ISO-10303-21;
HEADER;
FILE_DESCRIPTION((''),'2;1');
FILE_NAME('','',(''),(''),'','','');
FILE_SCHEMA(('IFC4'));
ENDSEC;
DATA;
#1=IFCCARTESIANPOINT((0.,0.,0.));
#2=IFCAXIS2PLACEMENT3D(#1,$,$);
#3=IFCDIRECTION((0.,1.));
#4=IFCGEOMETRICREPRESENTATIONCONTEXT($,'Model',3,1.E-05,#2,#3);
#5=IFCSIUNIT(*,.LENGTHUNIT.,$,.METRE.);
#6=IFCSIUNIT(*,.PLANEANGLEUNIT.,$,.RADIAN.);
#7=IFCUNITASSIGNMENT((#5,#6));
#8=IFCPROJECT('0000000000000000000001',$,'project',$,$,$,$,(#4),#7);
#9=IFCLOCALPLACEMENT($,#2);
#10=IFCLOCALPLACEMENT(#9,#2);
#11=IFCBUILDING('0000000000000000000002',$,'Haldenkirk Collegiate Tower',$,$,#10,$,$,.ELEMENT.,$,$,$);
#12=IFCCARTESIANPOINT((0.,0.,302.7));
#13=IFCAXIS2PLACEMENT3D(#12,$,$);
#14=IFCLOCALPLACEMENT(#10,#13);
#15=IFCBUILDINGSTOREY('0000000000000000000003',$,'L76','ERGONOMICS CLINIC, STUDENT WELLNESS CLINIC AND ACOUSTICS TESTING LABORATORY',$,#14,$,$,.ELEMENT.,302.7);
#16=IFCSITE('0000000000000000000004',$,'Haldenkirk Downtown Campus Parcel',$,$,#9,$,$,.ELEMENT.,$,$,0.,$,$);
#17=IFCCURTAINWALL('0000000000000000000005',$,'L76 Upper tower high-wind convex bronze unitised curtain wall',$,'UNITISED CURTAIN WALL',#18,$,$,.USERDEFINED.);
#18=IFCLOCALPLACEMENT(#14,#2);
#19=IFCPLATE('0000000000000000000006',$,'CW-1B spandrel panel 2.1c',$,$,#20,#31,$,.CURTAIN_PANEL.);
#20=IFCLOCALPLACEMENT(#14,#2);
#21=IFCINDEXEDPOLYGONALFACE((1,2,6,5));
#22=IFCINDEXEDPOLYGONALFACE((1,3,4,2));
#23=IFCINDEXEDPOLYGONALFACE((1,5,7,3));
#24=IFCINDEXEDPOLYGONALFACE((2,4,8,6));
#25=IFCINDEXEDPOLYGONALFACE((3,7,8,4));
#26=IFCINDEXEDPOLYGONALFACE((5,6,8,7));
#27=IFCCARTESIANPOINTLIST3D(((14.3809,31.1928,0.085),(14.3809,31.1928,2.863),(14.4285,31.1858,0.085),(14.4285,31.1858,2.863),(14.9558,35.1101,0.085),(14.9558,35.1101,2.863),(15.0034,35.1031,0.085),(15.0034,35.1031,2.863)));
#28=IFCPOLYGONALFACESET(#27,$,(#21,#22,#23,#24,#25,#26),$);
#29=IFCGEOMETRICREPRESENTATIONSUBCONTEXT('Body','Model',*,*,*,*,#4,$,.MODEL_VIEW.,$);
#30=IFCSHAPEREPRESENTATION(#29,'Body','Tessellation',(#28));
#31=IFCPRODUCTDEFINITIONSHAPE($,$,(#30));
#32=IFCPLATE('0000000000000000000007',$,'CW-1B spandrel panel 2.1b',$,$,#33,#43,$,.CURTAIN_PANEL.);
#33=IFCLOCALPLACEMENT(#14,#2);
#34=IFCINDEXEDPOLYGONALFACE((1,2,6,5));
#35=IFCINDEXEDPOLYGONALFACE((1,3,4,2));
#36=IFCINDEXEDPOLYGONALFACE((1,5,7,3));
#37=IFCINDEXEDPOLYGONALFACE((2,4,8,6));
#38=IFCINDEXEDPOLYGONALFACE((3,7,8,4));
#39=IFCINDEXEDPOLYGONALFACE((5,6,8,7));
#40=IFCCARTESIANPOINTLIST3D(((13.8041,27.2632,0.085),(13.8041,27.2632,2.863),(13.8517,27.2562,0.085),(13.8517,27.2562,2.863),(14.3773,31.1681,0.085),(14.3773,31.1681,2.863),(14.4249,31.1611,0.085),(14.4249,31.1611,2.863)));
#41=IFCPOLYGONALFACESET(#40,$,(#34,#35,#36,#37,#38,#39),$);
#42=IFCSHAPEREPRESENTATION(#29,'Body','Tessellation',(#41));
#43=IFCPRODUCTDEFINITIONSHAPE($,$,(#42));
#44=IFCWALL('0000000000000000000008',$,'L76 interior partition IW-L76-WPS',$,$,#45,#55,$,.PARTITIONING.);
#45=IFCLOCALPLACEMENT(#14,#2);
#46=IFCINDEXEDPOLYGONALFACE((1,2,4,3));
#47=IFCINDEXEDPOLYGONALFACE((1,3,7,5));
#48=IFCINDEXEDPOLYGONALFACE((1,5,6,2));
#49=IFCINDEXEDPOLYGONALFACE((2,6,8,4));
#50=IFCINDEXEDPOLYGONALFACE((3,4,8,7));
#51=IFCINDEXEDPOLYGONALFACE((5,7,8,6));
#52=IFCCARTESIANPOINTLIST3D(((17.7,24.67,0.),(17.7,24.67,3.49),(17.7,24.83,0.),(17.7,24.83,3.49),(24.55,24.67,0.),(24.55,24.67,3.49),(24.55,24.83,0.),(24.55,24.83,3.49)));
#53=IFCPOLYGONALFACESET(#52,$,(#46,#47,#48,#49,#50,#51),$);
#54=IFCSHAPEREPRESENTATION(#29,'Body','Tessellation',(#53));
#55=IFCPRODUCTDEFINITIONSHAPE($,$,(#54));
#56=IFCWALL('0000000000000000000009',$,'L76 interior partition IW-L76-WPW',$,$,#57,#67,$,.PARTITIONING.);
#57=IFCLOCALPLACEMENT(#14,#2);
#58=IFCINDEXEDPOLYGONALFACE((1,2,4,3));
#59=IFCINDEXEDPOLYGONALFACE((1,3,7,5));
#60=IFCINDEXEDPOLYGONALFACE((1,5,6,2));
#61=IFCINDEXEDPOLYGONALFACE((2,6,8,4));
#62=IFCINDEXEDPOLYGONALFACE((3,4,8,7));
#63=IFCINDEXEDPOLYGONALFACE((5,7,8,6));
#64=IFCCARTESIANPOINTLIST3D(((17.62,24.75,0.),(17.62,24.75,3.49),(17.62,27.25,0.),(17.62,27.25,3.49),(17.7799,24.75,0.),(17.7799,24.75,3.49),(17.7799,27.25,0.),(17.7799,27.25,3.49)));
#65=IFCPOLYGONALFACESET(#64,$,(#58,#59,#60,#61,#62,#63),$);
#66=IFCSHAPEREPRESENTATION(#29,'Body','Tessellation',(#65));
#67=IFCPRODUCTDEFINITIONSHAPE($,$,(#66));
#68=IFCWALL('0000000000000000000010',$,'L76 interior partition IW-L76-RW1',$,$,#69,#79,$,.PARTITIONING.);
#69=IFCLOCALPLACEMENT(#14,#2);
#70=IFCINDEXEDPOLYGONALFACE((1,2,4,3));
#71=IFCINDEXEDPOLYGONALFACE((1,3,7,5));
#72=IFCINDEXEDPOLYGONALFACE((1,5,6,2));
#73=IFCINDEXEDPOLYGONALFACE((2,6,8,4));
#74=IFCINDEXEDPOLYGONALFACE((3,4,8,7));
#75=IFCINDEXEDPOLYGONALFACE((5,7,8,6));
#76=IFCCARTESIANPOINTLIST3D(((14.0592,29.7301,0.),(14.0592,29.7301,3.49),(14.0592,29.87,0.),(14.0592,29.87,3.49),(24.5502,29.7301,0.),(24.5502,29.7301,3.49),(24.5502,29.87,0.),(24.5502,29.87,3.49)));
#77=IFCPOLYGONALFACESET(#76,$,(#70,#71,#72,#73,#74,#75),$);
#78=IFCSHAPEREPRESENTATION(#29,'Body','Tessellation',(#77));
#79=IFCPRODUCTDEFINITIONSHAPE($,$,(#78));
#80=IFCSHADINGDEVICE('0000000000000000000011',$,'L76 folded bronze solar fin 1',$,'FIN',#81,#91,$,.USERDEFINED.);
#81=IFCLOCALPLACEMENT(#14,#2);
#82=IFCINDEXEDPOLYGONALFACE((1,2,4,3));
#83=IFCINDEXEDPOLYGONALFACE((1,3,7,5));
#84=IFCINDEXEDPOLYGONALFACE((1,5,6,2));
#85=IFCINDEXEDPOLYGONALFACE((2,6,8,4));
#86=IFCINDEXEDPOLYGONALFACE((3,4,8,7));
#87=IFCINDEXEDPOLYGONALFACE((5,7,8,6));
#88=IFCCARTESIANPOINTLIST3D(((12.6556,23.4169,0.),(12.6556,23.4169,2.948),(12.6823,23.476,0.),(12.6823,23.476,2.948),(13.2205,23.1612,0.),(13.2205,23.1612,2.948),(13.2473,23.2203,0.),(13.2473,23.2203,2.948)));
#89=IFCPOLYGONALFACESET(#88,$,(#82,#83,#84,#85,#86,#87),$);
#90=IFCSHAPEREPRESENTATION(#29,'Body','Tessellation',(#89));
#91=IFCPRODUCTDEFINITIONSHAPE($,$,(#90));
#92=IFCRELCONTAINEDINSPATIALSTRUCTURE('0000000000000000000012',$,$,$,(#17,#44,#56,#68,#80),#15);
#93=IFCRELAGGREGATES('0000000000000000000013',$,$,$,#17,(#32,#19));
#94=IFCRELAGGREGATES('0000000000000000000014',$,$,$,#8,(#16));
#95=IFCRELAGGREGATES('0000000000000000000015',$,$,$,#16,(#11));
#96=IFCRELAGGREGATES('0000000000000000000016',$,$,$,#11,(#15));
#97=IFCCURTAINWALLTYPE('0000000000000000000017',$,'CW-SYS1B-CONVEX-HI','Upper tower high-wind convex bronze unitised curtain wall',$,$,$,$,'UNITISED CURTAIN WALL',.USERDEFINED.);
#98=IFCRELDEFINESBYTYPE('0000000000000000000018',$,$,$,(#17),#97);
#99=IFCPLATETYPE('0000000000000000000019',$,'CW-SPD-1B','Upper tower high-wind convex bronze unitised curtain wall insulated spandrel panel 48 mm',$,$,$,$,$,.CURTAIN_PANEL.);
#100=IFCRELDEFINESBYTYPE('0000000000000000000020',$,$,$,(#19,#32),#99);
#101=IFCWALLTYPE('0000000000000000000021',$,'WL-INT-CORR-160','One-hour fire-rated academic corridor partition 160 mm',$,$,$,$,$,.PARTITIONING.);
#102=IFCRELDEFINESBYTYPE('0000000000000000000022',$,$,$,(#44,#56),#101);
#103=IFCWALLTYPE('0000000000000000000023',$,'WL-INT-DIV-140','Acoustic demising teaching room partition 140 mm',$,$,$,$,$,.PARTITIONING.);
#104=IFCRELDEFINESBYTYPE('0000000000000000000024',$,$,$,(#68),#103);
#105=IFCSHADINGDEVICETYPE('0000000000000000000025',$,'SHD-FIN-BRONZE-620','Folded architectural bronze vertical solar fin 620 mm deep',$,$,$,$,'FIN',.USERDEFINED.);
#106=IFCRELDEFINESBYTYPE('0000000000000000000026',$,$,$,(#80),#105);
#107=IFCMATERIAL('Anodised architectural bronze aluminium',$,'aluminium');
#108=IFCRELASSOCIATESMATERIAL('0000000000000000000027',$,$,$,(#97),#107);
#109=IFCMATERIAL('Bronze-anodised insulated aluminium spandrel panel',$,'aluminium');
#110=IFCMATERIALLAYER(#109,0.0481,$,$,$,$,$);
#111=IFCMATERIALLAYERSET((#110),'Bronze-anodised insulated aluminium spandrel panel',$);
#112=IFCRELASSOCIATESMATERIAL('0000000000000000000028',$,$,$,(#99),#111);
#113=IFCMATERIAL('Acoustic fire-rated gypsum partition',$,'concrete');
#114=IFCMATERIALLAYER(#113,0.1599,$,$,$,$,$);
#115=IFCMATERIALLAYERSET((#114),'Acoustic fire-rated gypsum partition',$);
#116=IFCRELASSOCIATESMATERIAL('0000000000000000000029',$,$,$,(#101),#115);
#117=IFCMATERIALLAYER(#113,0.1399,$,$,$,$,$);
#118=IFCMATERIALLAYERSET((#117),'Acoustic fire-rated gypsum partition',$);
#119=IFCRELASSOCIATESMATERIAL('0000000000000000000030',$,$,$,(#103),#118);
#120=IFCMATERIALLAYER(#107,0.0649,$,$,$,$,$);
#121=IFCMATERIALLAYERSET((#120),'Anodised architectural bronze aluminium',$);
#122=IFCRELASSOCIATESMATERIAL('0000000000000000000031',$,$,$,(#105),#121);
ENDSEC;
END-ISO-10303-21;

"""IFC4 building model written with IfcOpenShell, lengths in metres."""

from ifc_helpers import new_model, si_unit, direction, frame, frame_2d, origin, origin_2d, place, context, subcontext, project, spatial, rectangle, extrude, source, transform, mapped, material, layer, layer_set, type_object, element, aggregate, save


model = new_model("IFC4")

# Units and contexts
model_context = context("Model", 3, precision=1e-05, world=origin(), true_north=direction((0.0, 1.0)))
body_context = subcontext(model_context, "Body", "Model", "MODEL_VIEW")
ifc_project = project(units=[si_unit("LENGTHUNIT", "METRE"), si_unit("PLANEANGLEUNIT", "RADIAN")], contexts=[model_context])

# Site, building, storey
site_placement = place(None, origin())
site = spatial("IfcSite", under=ifc_project, at=site_placement, Name="Haldenkirk Downtown Campus Parcel", CompositionType="ELEMENT", RefElevation=0.0)
building_placement = place(site_placement, origin())
building = spatial("IfcBuilding", under=site, at=building_placement, Name="Haldenkirk Collegiate Tower", CompositionType="ELEMENT")
storey_placement = place(building_placement, frame((0.0, 0.0, 302.7)))
storey = spatial("IfcBuildingStorey", under=building, at=storey_placement, Name="L76", Description="ERGONOMICS CLINIC, STUDENT WELLNESS CLINIC AND ACOUSTICS TESTING LABORATORY", CompositionType="ELEMENT", Elevation=302.7)

# Curtain wall, plates
ifc_material_1 = material(Name="Anodised architectural bronze aluminium", Category="aluminium")
curtain_wall_type = type_object("IfcCurtainWallType", Name="CW-SYS1B-CONVEX-HI", Description="Upper tower high-wind convex bronze unitised curtain wall", ElementType="UNITISED CURTAIN WALL", PredefinedType="USERDEFINED", material=ifc_material_1)
curtain_wall_placement = place(storey_placement, origin())
curtain_wall = element("IfcCurtainWall", 1, at=curtain_wall_placement, inside=storey, type_object=curtain_wall_type, Name="L76 Upper tower high-wind convex bronze unitised curtain wall", ObjectType="UNITISED CURTAIN WALL", PredefinedType="USERDEFINED")
ifc_material_2 = material(Name="Bronze-anodised insulated aluminium spandrel panel", Category="aluminium")
ifc_layer_1 = layer(ifc_material_2, 0.0481)
ifc_layer_set_1 = layer_set([ifc_layer_1], Name="Bronze-anodised insulated aluminium spandrel panel")
plate_type = type_object("IfcPlateType", Name="CW-SPD-1B", Description="Upper tower high-wind convex bronze unitised curtain wall insulated spandrel panel 48 mm", PredefinedType="CURTAIN_PANEL", material=ifc_layer_set_1)
shared_shape_1 = source(origin(), body_context, "Body", "SweptSolid", [
    extrude(rectangle(XDim=3.9592, YDim=0.0481, at=origin_2d()), origin(), (0.0, 0.0, 1.0), 2.7781),
])
plate_1_placement = place(storey_placement, frame((14.6921, 33.1479, 0.085), z_axis=(0.0, 0.0, 1.0), x_axis=(0.14522, 0.989399, 0.0)))
plate_1 = element("IfcPlate", 2, at=plate_1_placement, type_object=plate_type, Name="CW-1B spandrel panel 2.1c", PredefinedType="CURTAIN_PANEL", context=body_context, shape_type="MappedRepresentation", body=[
    mapped(shared_shape_1, transform((0.0, 0.0, 0.0), x_axis=(1.0, 0.0, 0.0), y_axis=(0.0, 1.0, 0.0), z_axis=(0.0, 0.0, 1.0), scale=1.0)),
])
shared_shape_2 = source(origin(), body_context, "Body", "SweptSolid", [
    extrude(rectangle(XDim=3.9468, YDim=0.0481, at=origin_2d()), origin(), (0.0, 0.0, 1.0), 2.7781),
])
plate_2_placement = place(storey_placement, frame((14.1145, 29.2122, 0.085), z_axis=(0.0, 0.0, 1.0), x_axis=(0.14522, 0.989399, 0.0)))
plate_2 = element("IfcPlate", 3, at=plate_2_placement, type_object=plate_type, Name="CW-1B spandrel panel 2.1b", PredefinedType="CURTAIN_PANEL", context=body_context, shape_type="MappedRepresentation", body=[
    mapped(shared_shape_2, transform((0.0, 0.0, 0.0), x_axis=(1.0, 0.0, 0.0), y_axis=(0.0, 1.0, 0.0), z_axis=(0.0, 0.0, 1.0), scale=1.0)),
])
aggregate(curtain_wall, [plate_2, plate_1])

# Walls
ifc_material_3 = material(Name="Acoustic fire-rated gypsum partition", Category="concrete")
ifc_layer_2 = layer(ifc_material_3, 0.1599)
ifc_layer_set_2 = layer_set([ifc_layer_2], Name="Acoustic fire-rated gypsum partition")
wall_type_1 = type_object("IfcWallType", Name="WL-INT-CORR-160", Description="One-hour fire-rated academic corridor partition 160 mm", PredefinedType="PARTITIONING", material=ifc_layer_set_2)
wall_1_placement = place(storey_placement, frame((17.7, 24.75, 0.0), z_axis=(0.0, 0.0, 1.0), x_axis=(1.0, 0.0, 0.0)))
element("IfcWall", 4, at=wall_1_placement, inside=storey, type_object=wall_type_1, Name="L76 interior partition IW-L76-WPS", PredefinedType="PARTITIONING", context=body_context, shape_type="SweptSolid", body=[
    extrude(rectangle(XDim=6.8501, YDim=0.1599, at=frame_2d((3.425, 0.0))), origin(), (0.0, 0.0, 1.0), 3.49),
])
wall_2_placement = place(storey_placement, frame((17.7, 24.75, 0.0), z_axis=(0.0, 0.0, 1.0), x_axis=(0.0, 1.0, 0.0)))
element("IfcWall", 5, at=wall_2_placement, inside=storey, type_object=wall_type_1, Name="L76 interior partition IW-L76-WPW", PredefinedType="PARTITIONING", context=body_context, shape_type="SweptSolid", body=[
    extrude(rectangle(XDim=2.5, YDim=0.1599, at=frame_2d((1.25, 0.0))), origin(), (0.0, 0.0, 1.0), 3.49),
])
ifc_layer_3 = layer(ifc_material_3, 0.1399)
ifc_layer_set_3 = layer_set([ifc_layer_3], Name="Acoustic fire-rated gypsum partition")
wall_type_2 = type_object("IfcWallType", Name="WL-INT-DIV-140", Description="Acoustic demising teaching room partition 140 mm", PredefinedType="PARTITIONING", material=ifc_layer_set_3)
wall_3_placement = place(storey_placement, frame((14.0591, 29.8, 0.0), z_axis=(0.0, 0.0, 1.0), x_axis=(1.0, 0.0, 0.0)))
element("IfcWall", 6, at=wall_3_placement, inside=storey, type_object=wall_type_2, Name="L76 interior partition IW-L76-RW1", PredefinedType="PARTITIONING", context=body_context, shape_type="SweptSolid", body=[
    extrude(rectangle(XDim=10.491, YDim=0.1399, at=frame_2d((5.2456, 0.0))), origin(), (0.0, 0.0, 1.0), 3.49),
])

# Shading device
ifc_layer_4 = layer(ifc_material_1, 0.0649)
ifc_layer_set_4 = layer_set([ifc_layer_4], Name="Anodised architectural bronze aluminium")
shading_device_type = type_object("IfcShadingDeviceType", Name="SHD-FIN-BRONZE-620", Description="Folded architectural bronze vertical solar fin 620 mm deep", ElementType="FIN", PredefinedType="USERDEFINED", material=ifc_layer_set_4)
shared_shape_3 = source(origin(), body_context, "Body", "SweptSolid", [
    extrude(rectangle(XDim=0.6201, YDim=0.0649, at=origin_2d()), origin(), (0.0, 0.0, 1.0), 2.948),
])
shading_device_placement = place(storey_placement, frame((12.9514, 23.3186, 0.0), z_axis=(0.0, 0.0, 1.0), x_axis=(-0.911044, 0.41231, 0.0)))
element("IfcShadingDevice", 7, at=shading_device_placement, inside=storey, type_object=shading_device_type, Name="L76 folded bronze solar fin 1", ObjectType="FIN", PredefinedType="USERDEFINED", context=body_context, shape_type="MappedRepresentation", body=[
    mapped(shared_shape_3, transform((0.0, 0.0, 0.0), x_axis=(1.0, 0.0, 0.0), y_axis=(0.0, 1.0, 0.0), z_axis=(0.0, 0.0, 1.0), scale=1.0)),
])

save(model, "model.ifc")
